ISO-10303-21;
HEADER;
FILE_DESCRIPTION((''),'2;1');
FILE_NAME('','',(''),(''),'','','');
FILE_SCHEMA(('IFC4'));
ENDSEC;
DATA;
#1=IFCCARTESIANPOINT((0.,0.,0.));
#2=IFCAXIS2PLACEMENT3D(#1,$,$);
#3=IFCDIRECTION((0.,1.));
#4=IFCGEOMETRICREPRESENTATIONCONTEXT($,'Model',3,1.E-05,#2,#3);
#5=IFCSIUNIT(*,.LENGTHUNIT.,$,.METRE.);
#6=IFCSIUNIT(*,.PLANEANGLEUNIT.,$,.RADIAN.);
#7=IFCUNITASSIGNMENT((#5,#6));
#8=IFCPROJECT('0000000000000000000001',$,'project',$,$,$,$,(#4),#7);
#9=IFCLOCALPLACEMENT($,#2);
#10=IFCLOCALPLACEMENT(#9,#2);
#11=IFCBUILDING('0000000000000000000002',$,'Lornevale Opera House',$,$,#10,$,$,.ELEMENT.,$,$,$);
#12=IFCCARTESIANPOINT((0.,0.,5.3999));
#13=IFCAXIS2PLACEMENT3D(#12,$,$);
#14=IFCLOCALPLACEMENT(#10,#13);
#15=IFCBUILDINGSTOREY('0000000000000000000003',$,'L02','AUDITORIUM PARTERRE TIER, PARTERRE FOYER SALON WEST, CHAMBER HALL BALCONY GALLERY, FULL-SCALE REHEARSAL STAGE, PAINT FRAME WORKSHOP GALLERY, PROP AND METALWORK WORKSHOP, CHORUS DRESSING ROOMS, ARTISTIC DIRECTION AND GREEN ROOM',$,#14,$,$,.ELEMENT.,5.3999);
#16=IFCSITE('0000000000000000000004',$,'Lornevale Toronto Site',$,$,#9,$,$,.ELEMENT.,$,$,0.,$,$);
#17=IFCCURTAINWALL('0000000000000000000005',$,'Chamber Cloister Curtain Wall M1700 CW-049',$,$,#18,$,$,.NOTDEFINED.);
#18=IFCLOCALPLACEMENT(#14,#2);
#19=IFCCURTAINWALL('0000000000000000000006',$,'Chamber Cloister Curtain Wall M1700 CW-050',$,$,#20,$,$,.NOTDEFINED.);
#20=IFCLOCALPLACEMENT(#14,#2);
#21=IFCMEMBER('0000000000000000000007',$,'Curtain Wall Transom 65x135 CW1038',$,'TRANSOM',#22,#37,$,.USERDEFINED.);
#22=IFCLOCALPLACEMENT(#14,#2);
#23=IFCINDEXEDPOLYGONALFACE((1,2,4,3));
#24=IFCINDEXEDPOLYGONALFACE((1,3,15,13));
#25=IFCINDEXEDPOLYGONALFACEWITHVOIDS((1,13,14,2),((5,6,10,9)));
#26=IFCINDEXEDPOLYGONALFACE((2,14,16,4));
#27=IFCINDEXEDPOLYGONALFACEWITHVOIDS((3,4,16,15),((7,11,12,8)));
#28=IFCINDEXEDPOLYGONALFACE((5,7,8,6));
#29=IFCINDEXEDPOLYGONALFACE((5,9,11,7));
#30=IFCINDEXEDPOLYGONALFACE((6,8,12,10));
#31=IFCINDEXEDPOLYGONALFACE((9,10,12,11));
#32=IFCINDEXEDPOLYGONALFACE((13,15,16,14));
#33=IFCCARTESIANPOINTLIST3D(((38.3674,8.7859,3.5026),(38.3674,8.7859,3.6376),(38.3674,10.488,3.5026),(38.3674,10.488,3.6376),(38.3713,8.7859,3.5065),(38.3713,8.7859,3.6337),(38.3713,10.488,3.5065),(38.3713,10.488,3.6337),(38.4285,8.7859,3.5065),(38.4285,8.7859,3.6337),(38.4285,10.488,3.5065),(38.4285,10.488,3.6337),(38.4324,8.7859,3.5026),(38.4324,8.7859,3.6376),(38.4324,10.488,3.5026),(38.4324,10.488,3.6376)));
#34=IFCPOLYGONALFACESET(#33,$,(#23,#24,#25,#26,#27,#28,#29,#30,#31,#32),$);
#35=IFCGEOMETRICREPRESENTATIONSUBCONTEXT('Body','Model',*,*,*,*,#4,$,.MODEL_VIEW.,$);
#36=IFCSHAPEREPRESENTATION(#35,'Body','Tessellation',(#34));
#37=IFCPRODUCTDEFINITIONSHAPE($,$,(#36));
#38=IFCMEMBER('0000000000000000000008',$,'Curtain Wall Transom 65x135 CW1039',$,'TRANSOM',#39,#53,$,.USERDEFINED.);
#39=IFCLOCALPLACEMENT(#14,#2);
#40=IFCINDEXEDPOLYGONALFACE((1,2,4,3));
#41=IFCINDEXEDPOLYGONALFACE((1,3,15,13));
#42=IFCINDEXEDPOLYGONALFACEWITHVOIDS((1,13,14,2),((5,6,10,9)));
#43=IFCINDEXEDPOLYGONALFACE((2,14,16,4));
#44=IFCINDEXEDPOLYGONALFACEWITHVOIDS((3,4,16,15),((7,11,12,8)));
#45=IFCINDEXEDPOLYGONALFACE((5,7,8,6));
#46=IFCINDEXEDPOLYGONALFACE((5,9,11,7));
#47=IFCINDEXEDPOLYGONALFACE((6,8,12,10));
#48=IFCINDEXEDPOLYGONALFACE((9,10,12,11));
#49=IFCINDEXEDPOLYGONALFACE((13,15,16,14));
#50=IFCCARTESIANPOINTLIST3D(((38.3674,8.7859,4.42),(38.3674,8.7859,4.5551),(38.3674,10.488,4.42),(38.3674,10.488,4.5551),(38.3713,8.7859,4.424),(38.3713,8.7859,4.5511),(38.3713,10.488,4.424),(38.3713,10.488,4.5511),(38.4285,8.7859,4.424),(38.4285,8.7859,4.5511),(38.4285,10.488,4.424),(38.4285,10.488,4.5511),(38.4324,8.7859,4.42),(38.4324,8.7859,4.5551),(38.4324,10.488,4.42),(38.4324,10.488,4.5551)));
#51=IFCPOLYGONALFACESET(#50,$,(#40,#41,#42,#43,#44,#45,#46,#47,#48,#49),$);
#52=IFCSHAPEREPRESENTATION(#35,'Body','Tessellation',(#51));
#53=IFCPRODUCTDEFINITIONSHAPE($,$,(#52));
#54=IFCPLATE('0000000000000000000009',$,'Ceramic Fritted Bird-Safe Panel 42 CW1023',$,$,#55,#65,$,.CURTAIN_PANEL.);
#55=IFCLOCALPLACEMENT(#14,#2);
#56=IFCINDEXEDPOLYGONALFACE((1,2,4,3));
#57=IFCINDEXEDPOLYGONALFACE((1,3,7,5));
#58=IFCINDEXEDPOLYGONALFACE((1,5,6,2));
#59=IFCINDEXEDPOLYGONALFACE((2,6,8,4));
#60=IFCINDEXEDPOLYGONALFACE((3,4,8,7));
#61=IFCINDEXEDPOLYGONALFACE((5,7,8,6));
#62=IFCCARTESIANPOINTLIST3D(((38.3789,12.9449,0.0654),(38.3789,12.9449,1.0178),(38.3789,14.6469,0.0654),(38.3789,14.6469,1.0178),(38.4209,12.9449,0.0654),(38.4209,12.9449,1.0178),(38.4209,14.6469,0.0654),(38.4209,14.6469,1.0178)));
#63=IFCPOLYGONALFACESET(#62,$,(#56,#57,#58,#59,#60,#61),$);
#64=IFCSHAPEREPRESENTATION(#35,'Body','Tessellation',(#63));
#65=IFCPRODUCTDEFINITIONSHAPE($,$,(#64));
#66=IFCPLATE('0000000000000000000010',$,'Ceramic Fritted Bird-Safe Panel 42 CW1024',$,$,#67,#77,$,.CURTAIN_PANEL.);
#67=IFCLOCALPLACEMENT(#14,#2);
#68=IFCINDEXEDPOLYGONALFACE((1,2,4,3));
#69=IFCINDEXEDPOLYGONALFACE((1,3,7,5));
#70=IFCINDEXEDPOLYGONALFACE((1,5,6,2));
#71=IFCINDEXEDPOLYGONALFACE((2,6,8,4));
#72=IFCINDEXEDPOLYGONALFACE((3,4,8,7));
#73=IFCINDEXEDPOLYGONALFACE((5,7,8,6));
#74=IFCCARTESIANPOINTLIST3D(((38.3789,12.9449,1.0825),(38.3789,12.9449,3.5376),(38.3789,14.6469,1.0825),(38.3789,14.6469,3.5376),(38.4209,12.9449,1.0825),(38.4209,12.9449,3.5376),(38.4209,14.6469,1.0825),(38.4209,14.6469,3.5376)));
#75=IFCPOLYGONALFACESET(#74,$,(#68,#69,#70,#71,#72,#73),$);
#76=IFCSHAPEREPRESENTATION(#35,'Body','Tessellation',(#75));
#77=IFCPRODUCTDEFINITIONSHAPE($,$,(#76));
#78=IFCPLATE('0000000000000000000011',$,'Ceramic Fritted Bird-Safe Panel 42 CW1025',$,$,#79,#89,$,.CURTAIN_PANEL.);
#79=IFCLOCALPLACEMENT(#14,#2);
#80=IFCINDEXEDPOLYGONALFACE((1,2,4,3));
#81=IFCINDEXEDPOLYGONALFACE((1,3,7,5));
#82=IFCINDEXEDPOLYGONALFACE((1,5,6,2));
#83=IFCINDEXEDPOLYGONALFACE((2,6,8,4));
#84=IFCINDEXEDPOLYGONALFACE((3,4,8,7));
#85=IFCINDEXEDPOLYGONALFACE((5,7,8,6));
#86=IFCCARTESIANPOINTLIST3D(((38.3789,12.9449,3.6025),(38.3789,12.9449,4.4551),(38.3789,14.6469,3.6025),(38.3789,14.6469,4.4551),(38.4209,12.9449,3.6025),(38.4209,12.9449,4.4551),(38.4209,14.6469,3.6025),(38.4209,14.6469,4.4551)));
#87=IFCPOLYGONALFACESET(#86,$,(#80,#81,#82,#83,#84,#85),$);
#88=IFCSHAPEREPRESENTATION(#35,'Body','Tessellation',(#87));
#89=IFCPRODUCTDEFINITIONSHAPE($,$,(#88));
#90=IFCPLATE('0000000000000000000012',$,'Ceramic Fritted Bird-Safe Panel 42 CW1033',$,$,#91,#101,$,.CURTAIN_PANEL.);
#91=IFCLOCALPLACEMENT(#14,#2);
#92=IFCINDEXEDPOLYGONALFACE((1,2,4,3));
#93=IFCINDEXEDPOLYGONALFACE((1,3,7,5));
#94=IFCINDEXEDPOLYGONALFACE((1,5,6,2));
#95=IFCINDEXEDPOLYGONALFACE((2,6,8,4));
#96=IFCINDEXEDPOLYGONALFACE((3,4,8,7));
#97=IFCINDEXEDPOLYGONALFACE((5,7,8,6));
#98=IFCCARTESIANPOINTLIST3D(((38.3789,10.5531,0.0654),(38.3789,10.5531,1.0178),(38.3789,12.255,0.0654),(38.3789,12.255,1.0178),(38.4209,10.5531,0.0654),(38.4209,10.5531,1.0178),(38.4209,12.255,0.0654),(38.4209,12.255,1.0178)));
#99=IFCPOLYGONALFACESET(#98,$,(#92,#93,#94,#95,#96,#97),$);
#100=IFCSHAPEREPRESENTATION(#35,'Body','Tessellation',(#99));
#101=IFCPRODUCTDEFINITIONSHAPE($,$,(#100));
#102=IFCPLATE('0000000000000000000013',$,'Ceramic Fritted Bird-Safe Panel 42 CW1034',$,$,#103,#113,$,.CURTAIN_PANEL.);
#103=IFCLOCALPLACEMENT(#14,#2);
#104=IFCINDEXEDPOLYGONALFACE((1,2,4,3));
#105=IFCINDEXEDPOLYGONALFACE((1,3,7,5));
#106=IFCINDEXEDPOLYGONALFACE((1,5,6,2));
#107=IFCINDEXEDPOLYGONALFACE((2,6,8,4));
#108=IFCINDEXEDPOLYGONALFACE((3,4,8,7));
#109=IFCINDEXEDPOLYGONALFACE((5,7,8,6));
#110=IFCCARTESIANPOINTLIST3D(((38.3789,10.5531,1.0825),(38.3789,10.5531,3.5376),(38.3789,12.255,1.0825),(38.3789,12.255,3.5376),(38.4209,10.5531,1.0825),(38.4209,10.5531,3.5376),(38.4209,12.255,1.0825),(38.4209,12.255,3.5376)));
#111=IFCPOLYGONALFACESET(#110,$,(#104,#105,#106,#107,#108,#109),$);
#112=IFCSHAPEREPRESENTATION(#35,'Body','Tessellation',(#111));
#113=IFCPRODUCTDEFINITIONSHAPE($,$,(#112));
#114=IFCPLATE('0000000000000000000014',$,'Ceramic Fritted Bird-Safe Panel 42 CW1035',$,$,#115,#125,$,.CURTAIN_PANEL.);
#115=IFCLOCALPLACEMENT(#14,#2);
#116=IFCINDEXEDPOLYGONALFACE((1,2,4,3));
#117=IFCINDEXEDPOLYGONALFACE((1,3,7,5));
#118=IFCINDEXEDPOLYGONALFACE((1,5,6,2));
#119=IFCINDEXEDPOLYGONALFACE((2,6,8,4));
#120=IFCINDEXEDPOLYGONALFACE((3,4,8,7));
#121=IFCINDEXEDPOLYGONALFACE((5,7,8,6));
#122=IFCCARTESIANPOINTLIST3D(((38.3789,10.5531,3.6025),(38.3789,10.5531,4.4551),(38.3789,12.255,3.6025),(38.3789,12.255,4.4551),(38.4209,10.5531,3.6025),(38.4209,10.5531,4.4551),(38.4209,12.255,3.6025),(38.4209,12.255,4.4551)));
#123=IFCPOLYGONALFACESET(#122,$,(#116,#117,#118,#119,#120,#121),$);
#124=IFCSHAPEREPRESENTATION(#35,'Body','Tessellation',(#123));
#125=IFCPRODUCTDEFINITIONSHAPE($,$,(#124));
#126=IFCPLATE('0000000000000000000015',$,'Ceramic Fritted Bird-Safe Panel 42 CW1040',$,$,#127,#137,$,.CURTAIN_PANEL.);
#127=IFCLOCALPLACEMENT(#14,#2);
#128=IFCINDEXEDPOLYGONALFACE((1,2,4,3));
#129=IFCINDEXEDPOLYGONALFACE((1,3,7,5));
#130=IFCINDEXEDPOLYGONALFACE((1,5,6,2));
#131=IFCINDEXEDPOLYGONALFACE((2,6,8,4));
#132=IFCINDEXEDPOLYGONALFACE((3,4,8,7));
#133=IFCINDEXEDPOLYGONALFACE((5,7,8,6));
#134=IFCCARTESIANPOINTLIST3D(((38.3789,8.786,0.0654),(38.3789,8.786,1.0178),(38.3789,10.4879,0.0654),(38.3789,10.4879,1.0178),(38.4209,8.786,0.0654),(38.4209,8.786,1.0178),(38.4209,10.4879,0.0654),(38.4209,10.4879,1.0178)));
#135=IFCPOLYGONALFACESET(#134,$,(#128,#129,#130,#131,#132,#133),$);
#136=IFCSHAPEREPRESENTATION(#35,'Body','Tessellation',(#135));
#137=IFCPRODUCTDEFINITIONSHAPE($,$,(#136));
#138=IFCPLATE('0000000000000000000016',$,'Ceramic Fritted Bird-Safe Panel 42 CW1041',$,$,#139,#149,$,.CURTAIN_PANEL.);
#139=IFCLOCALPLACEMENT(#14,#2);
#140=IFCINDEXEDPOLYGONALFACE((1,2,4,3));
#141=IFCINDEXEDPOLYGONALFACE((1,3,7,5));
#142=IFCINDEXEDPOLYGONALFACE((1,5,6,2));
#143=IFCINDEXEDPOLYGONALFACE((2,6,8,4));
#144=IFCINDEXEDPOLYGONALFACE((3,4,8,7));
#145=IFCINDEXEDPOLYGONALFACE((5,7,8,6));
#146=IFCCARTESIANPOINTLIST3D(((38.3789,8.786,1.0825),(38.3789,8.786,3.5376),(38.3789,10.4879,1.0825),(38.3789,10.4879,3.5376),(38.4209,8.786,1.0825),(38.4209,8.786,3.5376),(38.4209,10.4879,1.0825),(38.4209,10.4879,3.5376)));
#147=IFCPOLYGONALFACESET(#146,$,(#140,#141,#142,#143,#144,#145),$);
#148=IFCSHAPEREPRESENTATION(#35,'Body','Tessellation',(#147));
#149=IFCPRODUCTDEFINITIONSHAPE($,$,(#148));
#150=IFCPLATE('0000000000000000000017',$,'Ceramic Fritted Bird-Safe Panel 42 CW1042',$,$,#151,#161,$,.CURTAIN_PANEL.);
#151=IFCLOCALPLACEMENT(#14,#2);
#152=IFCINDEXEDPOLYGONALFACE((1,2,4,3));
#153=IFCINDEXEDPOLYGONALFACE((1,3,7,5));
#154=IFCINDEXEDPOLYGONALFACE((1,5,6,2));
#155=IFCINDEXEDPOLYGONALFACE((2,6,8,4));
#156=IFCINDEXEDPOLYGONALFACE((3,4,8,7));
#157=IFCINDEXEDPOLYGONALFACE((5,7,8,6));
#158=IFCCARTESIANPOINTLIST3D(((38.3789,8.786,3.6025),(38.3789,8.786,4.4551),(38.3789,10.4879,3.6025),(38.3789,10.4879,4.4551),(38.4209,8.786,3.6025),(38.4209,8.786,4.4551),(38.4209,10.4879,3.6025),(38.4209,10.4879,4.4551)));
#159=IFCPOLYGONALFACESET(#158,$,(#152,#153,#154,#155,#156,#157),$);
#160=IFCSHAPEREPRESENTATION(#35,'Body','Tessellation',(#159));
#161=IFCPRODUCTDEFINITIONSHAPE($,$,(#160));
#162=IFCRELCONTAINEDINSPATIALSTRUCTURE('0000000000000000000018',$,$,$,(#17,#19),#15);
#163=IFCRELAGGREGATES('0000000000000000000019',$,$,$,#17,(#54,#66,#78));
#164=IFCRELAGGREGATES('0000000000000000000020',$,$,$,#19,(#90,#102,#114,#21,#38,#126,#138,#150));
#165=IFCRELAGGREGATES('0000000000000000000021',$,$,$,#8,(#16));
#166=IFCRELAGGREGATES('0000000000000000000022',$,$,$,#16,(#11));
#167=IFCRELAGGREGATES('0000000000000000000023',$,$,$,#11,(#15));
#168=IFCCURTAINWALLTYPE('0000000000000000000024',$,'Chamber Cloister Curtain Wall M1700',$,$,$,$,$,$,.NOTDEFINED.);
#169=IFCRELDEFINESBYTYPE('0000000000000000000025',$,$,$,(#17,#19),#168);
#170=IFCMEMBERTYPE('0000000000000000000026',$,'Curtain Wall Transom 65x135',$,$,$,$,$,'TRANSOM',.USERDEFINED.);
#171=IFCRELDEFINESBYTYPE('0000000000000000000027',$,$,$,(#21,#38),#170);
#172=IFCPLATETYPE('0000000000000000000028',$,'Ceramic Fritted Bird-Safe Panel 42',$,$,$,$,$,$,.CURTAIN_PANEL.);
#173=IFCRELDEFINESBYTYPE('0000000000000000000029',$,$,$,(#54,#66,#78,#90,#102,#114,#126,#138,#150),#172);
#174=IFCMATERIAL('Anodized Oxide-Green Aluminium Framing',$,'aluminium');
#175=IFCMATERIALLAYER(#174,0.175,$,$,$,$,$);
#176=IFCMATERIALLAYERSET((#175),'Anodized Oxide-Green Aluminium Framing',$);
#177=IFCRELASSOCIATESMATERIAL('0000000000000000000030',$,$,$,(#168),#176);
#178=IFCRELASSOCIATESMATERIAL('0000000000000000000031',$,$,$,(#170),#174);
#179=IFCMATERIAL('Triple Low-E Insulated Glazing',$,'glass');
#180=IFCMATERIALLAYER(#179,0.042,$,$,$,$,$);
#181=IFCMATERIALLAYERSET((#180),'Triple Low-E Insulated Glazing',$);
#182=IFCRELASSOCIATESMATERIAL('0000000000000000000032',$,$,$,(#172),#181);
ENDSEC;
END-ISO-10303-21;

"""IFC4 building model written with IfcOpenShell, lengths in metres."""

from ifc_helpers import new_model, si_unit, direction, frame, origin, origin_2d, place, context, subcontext, project, spatial, rectangle, hollow_rectangle, extrude, material, layer, layer_set, material_profile, profile_set, type_object, element, aggregate, save


model = new_model("IFC4")

# Units and contexts
model_context = context("Model", 3, precision=1e-05, world=origin(), true_north=direction((0.0, 1.0)))
body_context = subcontext(model_context, "Body", "Model", "MODEL_VIEW")
ifc_project = project(units=[si_unit("LENGTHUNIT", "METRE"), si_unit("PLANEANGLEUNIT", "RADIAN")], contexts=[model_context])

# Site, building, storey
site_placement = place(None, origin())
site = spatial("IfcSite", under=ifc_project, at=site_placement, Name="Lornevale Toronto Site", CompositionType="ELEMENT", RefElevation=0.0)
building_placement = place(site_placement, origin())
building = spatial("IfcBuilding", under=site, at=building_placement, Name="Lornevale Opera House", CompositionType="ELEMENT")
storey_placement = place(building_placement, frame((0.0, 0.0, 5.3999)))
storey = spatial("IfcBuildingStorey", under=building, at=storey_placement, Name="L02", Description="AUDITORIUM PARTERRE TIER, PARTERRE FOYER SALON WEST, CHAMBER HALL BALCONY GALLERY, FULL-SCALE REHEARSAL STAGE, PAINT FRAME WORKSHOP GALLERY, PROP AND METALWORK WORKSHOP, CHORUS DRESSING ROOMS, ARTISTIC DIRECTION AND GREEN ROOM", CompositionType="ELEMENT", Elevation=5.3999)

# Curtain wall
ifc_material_1 = material(Name="Anodized Oxide-Green Aluminium Framing", Category="aluminium")
ifc_layer_1 = layer(ifc_material_1, 0.175)
ifc_layer_set_1 = layer_set([ifc_layer_1], Name="Anodized Oxide-Green Aluminium Framing")
curtain_wall_type = type_object("IfcCurtainWallType", Name="Chamber Cloister Curtain Wall M1700", PredefinedType="NOTDEFINED", material=ifc_layer_set_1)
curtain_wall_1_placement = place(storey_placement, origin())
curtain_wall_1 = element("IfcCurtainWall", 1, at=curtain_wall_1_placement, inside=storey, type_object=curtain_wall_type, Name="Chamber Cloister Curtain Wall M1700 CW-049", PredefinedType="NOTDEFINED")

# Curtain wall, members
curtain_wall_2_placement = place(storey_placement, origin())
curtain_wall_2 = element("IfcCurtainWall", 2, at=curtain_wall_2_placement, inside=storey, type_object=curtain_wall_type, Name="Chamber Cloister Curtain Wall M1700 CW-050", PredefinedType="NOTDEFINED")
ifc_material_profile_1 = material_profile(ifc_material_1, hollow_rectangle(XDim=0.0649, YDim=0.135, WallThickness=0.0039, at=origin_2d()), Name="ALU65x135x4")
ifc_profile_set_1 = profile_set([ifc_material_profile_1], Name="Anodized Oxide-Green Aluminium Framing")
member_type_1 = type_object("IfcMemberType", Name="Curtain Wall Transom 65x135", ElementType="TRANSOM", PredefinedType="USERDEFINED", material=ifc_profile_set_1)
member_1_placement = place(storey_placement, frame((38.3999, 10.488, 3.5701), z_axis=(0.0, -1.0, 0.0), x_axis=(1.0, 0.0, 0.0)))
member_1 = element("IfcMember", 3, at=member_1_placement, type_object=member_type_1, Name="Curtain Wall Transom 65x135 CW1038", ObjectType="TRANSOM", PredefinedType="USERDEFINED", context=body_context, shape_type="SweptSolid", body=[
    extrude(hollow_rectangle(XDim=0.0649, YDim=0.135, WallThickness=0.0039, at=origin_2d()), origin(), (0.0, 0.0, 1.0), 1.7021),
])
member_2_placement = place(storey_placement, frame((38.3999, 10.488, 4.4875), z_axis=(0.0, -1.0, 0.0), x_axis=(1.0, 0.0, 0.0)))
member_2 = element("IfcMember", 4, at=member_2_placement, type_object=member_type_1, Name="Curtain Wall Transom 65x135 CW1039", ObjectType="TRANSOM", PredefinedType="USERDEFINED", context=body_context, shape_type="SweptSolid", body=[
    extrude(hollow_rectangle(XDim=0.0649, YDim=0.135, WallThickness=0.0039, at=origin_2d()), origin(), (0.0, 0.0, 1.0), 1.7021),
])

# Plates
ifc_material_2 = material(Name="Triple Low-E Insulated Glazing", Category="glass")
ifc_layer_2 = layer(ifc_material_2, 0.042)
ifc_layer_set_2 = layer_set([ifc_layer_2], Name="Triple Low-E Insulated Glazing")
plate_type = type_object("IfcPlateType", Name="Ceramic Fritted Bird-Safe Panel 42", PredefinedType="CURTAIN_PANEL", material=ifc_layer_set_2)
plate_1_placement = place(storey_placement, frame((38.3999, 13.7959, 0.0654), z_axis=(0.0, 0.0, 1.0), x_axis=(0.0, -1.0, 0.0)))
plate_1 = element("IfcPlate", 5, at=plate_1_placement, type_object=plate_type, Name="Ceramic Fritted Bird-Safe Panel 42 CW1023", PredefinedType="CURTAIN_PANEL", context=body_context, shape_type="SweptSolid", body=[
    extrude(rectangle(XDim=1.7019, YDim=0.042, at=origin_2d()), origin(), (0.0, 0.0, 1.0), 0.9524),
])
plate_2_placement = place(storey_placement, frame((38.3999, 13.7959, 1.0825), z_axis=(0.0, 0.0, 1.0), x_axis=(0.0, -1.0, 0.0)))
plate_2 = element("IfcPlate", 6, at=plate_2_placement, type_object=plate_type, Name="Ceramic Fritted Bird-Safe Panel 42 CW1024", PredefinedType="CURTAIN_PANEL", context=body_context, shape_type="SweptSolid", body=[
    extrude(rectangle(XDim=1.7019, YDim=0.042, at=origin_2d()), origin(), (0.0, 0.0, 1.0), 2.4551),
])
plate_3_placement = place(storey_placement, frame((38.3999, 13.7959, 3.6025), z_axis=(0.0, 0.0, 1.0), x_axis=(0.0, -1.0, 0.0)))
plate_3 = element("IfcPlate", 7, at=plate_3_placement, type_object=plate_type, Name="Ceramic Fritted Bird-Safe Panel 42 CW1025", PredefinedType="CURTAIN_PANEL", context=body_context, shape_type="SweptSolid", body=[
    extrude(rectangle(XDim=1.7019, YDim=0.042, at=origin_2d()), origin(), (0.0, 0.0, 1.0), 0.8525),
])
aggregate(curtain_wall_1, [plate_1, plate_2, plate_3])
plate_4_placement = place(storey_placement, frame((38.3999, 11.4041, 0.0654), z_axis=(0.0, 0.0, 1.0), x_axis=(0.0, -1.0, 0.0)))
plate_4 = element("IfcPlate", 8, at=plate_4_placement, type_object=plate_type, Name="Ceramic Fritted Bird-Safe Panel 42 CW1033", PredefinedType="CURTAIN_PANEL", context=body_context, shape_type="SweptSolid", body=[
    extrude(rectangle(XDim=1.7019, YDim=0.042, at=origin_2d()), origin(), (0.0, 0.0, 1.0), 0.9524),
])
plate_5_placement = place(storey_placement, frame((38.3999, 11.4041, 1.0825), z_axis=(0.0, 0.0, 1.0), x_axis=(0.0, -1.0, 0.0)))
plate_5 = element("IfcPlate", 9, at=plate_5_placement, type_object=plate_type, Name="Ceramic Fritted Bird-Safe Panel 42 CW1034", PredefinedType="CURTAIN_PANEL", context=body_context, shape_type="SweptSolid", body=[
    extrude(rectangle(XDim=1.7019, YDim=0.042, at=origin_2d()), origin(), (0.0, 0.0, 1.0), 2.4551),
])
plate_6_placement = place(storey_placement, frame((38.3999, 11.4041, 3.6025), z_axis=(0.0, 0.0, 1.0), x_axis=(0.0, -1.0, 0.0)))
plate_6 = element("IfcPlate", 10, at=plate_6_placement, type_object=plate_type, Name="Ceramic Fritted Bird-Safe Panel 42 CW1035", PredefinedType="CURTAIN_PANEL", context=body_context, shape_type="SweptSolid", body=[
    extrude(rectangle(XDim=1.7019, YDim=0.042, at=origin_2d()), origin(), (0.0, 0.0, 1.0), 0.8525),
])
plate_7_placement = place(storey_placement, frame((38.3999, 9.637, 0.0654), z_axis=(0.0, 0.0, 1.0), x_axis=(0.0, -1.0, 0.0)))
plate_7 = element("IfcPlate", 11, at=plate_7_placement, type_object=plate_type, Name="Ceramic Fritted Bird-Safe Panel 42 CW1040", PredefinedType="CURTAIN_PANEL", context=body_context, shape_type="SweptSolid", body=[
    extrude(rectangle(XDim=1.7019, YDim=0.042, at=origin_2d()), origin(), (0.0, 0.0, 1.0), 0.9524),
])
plate_8_placement = place(storey_placement, frame((38.3999, 9.637, 1.0825), z_axis=(0.0, 0.0, 1.0), x_axis=(0.0, -1.0, 0.0)))
plate_8 = element("IfcPlate", 12, at=plate_8_placement, type_object=plate_type, Name="Ceramic Fritted Bird-Safe Panel 42 CW1041", PredefinedType="CURTAIN_PANEL", context=body_context, shape_type="SweptSolid", body=[
    extrude(rectangle(XDim=1.7019, YDim=0.042, at=origin_2d()), origin(), (0.0, 0.0, 1.0), 2.4551),
])
plate_9_placement = place(storey_placement, frame((38.3999, 9.637, 3.6025), z_axis=(0.0, 0.0, 1.0), x_axis=(0.0, -1.0, 0.0)))
plate_9 = element("IfcPlate", 13, at=plate_9_placement, type_object=plate_type, Name="Ceramic Fritted Bird-Safe Panel 42 CW1042", PredefinedType="CURTAIN_PANEL", context=body_context, shape_type="SweptSolid", body=[
    extrude(rectangle(XDim=1.7019, YDim=0.042, at=origin_2d()), origin(), (0.0, 0.0, 1.0), 0.8525),
])
aggregate(curtain_wall_2, [plate_4, plate_5, plate_6, member_1, member_2, plate_7, plate_8, plate_9])

save(model, "model.ifc")
